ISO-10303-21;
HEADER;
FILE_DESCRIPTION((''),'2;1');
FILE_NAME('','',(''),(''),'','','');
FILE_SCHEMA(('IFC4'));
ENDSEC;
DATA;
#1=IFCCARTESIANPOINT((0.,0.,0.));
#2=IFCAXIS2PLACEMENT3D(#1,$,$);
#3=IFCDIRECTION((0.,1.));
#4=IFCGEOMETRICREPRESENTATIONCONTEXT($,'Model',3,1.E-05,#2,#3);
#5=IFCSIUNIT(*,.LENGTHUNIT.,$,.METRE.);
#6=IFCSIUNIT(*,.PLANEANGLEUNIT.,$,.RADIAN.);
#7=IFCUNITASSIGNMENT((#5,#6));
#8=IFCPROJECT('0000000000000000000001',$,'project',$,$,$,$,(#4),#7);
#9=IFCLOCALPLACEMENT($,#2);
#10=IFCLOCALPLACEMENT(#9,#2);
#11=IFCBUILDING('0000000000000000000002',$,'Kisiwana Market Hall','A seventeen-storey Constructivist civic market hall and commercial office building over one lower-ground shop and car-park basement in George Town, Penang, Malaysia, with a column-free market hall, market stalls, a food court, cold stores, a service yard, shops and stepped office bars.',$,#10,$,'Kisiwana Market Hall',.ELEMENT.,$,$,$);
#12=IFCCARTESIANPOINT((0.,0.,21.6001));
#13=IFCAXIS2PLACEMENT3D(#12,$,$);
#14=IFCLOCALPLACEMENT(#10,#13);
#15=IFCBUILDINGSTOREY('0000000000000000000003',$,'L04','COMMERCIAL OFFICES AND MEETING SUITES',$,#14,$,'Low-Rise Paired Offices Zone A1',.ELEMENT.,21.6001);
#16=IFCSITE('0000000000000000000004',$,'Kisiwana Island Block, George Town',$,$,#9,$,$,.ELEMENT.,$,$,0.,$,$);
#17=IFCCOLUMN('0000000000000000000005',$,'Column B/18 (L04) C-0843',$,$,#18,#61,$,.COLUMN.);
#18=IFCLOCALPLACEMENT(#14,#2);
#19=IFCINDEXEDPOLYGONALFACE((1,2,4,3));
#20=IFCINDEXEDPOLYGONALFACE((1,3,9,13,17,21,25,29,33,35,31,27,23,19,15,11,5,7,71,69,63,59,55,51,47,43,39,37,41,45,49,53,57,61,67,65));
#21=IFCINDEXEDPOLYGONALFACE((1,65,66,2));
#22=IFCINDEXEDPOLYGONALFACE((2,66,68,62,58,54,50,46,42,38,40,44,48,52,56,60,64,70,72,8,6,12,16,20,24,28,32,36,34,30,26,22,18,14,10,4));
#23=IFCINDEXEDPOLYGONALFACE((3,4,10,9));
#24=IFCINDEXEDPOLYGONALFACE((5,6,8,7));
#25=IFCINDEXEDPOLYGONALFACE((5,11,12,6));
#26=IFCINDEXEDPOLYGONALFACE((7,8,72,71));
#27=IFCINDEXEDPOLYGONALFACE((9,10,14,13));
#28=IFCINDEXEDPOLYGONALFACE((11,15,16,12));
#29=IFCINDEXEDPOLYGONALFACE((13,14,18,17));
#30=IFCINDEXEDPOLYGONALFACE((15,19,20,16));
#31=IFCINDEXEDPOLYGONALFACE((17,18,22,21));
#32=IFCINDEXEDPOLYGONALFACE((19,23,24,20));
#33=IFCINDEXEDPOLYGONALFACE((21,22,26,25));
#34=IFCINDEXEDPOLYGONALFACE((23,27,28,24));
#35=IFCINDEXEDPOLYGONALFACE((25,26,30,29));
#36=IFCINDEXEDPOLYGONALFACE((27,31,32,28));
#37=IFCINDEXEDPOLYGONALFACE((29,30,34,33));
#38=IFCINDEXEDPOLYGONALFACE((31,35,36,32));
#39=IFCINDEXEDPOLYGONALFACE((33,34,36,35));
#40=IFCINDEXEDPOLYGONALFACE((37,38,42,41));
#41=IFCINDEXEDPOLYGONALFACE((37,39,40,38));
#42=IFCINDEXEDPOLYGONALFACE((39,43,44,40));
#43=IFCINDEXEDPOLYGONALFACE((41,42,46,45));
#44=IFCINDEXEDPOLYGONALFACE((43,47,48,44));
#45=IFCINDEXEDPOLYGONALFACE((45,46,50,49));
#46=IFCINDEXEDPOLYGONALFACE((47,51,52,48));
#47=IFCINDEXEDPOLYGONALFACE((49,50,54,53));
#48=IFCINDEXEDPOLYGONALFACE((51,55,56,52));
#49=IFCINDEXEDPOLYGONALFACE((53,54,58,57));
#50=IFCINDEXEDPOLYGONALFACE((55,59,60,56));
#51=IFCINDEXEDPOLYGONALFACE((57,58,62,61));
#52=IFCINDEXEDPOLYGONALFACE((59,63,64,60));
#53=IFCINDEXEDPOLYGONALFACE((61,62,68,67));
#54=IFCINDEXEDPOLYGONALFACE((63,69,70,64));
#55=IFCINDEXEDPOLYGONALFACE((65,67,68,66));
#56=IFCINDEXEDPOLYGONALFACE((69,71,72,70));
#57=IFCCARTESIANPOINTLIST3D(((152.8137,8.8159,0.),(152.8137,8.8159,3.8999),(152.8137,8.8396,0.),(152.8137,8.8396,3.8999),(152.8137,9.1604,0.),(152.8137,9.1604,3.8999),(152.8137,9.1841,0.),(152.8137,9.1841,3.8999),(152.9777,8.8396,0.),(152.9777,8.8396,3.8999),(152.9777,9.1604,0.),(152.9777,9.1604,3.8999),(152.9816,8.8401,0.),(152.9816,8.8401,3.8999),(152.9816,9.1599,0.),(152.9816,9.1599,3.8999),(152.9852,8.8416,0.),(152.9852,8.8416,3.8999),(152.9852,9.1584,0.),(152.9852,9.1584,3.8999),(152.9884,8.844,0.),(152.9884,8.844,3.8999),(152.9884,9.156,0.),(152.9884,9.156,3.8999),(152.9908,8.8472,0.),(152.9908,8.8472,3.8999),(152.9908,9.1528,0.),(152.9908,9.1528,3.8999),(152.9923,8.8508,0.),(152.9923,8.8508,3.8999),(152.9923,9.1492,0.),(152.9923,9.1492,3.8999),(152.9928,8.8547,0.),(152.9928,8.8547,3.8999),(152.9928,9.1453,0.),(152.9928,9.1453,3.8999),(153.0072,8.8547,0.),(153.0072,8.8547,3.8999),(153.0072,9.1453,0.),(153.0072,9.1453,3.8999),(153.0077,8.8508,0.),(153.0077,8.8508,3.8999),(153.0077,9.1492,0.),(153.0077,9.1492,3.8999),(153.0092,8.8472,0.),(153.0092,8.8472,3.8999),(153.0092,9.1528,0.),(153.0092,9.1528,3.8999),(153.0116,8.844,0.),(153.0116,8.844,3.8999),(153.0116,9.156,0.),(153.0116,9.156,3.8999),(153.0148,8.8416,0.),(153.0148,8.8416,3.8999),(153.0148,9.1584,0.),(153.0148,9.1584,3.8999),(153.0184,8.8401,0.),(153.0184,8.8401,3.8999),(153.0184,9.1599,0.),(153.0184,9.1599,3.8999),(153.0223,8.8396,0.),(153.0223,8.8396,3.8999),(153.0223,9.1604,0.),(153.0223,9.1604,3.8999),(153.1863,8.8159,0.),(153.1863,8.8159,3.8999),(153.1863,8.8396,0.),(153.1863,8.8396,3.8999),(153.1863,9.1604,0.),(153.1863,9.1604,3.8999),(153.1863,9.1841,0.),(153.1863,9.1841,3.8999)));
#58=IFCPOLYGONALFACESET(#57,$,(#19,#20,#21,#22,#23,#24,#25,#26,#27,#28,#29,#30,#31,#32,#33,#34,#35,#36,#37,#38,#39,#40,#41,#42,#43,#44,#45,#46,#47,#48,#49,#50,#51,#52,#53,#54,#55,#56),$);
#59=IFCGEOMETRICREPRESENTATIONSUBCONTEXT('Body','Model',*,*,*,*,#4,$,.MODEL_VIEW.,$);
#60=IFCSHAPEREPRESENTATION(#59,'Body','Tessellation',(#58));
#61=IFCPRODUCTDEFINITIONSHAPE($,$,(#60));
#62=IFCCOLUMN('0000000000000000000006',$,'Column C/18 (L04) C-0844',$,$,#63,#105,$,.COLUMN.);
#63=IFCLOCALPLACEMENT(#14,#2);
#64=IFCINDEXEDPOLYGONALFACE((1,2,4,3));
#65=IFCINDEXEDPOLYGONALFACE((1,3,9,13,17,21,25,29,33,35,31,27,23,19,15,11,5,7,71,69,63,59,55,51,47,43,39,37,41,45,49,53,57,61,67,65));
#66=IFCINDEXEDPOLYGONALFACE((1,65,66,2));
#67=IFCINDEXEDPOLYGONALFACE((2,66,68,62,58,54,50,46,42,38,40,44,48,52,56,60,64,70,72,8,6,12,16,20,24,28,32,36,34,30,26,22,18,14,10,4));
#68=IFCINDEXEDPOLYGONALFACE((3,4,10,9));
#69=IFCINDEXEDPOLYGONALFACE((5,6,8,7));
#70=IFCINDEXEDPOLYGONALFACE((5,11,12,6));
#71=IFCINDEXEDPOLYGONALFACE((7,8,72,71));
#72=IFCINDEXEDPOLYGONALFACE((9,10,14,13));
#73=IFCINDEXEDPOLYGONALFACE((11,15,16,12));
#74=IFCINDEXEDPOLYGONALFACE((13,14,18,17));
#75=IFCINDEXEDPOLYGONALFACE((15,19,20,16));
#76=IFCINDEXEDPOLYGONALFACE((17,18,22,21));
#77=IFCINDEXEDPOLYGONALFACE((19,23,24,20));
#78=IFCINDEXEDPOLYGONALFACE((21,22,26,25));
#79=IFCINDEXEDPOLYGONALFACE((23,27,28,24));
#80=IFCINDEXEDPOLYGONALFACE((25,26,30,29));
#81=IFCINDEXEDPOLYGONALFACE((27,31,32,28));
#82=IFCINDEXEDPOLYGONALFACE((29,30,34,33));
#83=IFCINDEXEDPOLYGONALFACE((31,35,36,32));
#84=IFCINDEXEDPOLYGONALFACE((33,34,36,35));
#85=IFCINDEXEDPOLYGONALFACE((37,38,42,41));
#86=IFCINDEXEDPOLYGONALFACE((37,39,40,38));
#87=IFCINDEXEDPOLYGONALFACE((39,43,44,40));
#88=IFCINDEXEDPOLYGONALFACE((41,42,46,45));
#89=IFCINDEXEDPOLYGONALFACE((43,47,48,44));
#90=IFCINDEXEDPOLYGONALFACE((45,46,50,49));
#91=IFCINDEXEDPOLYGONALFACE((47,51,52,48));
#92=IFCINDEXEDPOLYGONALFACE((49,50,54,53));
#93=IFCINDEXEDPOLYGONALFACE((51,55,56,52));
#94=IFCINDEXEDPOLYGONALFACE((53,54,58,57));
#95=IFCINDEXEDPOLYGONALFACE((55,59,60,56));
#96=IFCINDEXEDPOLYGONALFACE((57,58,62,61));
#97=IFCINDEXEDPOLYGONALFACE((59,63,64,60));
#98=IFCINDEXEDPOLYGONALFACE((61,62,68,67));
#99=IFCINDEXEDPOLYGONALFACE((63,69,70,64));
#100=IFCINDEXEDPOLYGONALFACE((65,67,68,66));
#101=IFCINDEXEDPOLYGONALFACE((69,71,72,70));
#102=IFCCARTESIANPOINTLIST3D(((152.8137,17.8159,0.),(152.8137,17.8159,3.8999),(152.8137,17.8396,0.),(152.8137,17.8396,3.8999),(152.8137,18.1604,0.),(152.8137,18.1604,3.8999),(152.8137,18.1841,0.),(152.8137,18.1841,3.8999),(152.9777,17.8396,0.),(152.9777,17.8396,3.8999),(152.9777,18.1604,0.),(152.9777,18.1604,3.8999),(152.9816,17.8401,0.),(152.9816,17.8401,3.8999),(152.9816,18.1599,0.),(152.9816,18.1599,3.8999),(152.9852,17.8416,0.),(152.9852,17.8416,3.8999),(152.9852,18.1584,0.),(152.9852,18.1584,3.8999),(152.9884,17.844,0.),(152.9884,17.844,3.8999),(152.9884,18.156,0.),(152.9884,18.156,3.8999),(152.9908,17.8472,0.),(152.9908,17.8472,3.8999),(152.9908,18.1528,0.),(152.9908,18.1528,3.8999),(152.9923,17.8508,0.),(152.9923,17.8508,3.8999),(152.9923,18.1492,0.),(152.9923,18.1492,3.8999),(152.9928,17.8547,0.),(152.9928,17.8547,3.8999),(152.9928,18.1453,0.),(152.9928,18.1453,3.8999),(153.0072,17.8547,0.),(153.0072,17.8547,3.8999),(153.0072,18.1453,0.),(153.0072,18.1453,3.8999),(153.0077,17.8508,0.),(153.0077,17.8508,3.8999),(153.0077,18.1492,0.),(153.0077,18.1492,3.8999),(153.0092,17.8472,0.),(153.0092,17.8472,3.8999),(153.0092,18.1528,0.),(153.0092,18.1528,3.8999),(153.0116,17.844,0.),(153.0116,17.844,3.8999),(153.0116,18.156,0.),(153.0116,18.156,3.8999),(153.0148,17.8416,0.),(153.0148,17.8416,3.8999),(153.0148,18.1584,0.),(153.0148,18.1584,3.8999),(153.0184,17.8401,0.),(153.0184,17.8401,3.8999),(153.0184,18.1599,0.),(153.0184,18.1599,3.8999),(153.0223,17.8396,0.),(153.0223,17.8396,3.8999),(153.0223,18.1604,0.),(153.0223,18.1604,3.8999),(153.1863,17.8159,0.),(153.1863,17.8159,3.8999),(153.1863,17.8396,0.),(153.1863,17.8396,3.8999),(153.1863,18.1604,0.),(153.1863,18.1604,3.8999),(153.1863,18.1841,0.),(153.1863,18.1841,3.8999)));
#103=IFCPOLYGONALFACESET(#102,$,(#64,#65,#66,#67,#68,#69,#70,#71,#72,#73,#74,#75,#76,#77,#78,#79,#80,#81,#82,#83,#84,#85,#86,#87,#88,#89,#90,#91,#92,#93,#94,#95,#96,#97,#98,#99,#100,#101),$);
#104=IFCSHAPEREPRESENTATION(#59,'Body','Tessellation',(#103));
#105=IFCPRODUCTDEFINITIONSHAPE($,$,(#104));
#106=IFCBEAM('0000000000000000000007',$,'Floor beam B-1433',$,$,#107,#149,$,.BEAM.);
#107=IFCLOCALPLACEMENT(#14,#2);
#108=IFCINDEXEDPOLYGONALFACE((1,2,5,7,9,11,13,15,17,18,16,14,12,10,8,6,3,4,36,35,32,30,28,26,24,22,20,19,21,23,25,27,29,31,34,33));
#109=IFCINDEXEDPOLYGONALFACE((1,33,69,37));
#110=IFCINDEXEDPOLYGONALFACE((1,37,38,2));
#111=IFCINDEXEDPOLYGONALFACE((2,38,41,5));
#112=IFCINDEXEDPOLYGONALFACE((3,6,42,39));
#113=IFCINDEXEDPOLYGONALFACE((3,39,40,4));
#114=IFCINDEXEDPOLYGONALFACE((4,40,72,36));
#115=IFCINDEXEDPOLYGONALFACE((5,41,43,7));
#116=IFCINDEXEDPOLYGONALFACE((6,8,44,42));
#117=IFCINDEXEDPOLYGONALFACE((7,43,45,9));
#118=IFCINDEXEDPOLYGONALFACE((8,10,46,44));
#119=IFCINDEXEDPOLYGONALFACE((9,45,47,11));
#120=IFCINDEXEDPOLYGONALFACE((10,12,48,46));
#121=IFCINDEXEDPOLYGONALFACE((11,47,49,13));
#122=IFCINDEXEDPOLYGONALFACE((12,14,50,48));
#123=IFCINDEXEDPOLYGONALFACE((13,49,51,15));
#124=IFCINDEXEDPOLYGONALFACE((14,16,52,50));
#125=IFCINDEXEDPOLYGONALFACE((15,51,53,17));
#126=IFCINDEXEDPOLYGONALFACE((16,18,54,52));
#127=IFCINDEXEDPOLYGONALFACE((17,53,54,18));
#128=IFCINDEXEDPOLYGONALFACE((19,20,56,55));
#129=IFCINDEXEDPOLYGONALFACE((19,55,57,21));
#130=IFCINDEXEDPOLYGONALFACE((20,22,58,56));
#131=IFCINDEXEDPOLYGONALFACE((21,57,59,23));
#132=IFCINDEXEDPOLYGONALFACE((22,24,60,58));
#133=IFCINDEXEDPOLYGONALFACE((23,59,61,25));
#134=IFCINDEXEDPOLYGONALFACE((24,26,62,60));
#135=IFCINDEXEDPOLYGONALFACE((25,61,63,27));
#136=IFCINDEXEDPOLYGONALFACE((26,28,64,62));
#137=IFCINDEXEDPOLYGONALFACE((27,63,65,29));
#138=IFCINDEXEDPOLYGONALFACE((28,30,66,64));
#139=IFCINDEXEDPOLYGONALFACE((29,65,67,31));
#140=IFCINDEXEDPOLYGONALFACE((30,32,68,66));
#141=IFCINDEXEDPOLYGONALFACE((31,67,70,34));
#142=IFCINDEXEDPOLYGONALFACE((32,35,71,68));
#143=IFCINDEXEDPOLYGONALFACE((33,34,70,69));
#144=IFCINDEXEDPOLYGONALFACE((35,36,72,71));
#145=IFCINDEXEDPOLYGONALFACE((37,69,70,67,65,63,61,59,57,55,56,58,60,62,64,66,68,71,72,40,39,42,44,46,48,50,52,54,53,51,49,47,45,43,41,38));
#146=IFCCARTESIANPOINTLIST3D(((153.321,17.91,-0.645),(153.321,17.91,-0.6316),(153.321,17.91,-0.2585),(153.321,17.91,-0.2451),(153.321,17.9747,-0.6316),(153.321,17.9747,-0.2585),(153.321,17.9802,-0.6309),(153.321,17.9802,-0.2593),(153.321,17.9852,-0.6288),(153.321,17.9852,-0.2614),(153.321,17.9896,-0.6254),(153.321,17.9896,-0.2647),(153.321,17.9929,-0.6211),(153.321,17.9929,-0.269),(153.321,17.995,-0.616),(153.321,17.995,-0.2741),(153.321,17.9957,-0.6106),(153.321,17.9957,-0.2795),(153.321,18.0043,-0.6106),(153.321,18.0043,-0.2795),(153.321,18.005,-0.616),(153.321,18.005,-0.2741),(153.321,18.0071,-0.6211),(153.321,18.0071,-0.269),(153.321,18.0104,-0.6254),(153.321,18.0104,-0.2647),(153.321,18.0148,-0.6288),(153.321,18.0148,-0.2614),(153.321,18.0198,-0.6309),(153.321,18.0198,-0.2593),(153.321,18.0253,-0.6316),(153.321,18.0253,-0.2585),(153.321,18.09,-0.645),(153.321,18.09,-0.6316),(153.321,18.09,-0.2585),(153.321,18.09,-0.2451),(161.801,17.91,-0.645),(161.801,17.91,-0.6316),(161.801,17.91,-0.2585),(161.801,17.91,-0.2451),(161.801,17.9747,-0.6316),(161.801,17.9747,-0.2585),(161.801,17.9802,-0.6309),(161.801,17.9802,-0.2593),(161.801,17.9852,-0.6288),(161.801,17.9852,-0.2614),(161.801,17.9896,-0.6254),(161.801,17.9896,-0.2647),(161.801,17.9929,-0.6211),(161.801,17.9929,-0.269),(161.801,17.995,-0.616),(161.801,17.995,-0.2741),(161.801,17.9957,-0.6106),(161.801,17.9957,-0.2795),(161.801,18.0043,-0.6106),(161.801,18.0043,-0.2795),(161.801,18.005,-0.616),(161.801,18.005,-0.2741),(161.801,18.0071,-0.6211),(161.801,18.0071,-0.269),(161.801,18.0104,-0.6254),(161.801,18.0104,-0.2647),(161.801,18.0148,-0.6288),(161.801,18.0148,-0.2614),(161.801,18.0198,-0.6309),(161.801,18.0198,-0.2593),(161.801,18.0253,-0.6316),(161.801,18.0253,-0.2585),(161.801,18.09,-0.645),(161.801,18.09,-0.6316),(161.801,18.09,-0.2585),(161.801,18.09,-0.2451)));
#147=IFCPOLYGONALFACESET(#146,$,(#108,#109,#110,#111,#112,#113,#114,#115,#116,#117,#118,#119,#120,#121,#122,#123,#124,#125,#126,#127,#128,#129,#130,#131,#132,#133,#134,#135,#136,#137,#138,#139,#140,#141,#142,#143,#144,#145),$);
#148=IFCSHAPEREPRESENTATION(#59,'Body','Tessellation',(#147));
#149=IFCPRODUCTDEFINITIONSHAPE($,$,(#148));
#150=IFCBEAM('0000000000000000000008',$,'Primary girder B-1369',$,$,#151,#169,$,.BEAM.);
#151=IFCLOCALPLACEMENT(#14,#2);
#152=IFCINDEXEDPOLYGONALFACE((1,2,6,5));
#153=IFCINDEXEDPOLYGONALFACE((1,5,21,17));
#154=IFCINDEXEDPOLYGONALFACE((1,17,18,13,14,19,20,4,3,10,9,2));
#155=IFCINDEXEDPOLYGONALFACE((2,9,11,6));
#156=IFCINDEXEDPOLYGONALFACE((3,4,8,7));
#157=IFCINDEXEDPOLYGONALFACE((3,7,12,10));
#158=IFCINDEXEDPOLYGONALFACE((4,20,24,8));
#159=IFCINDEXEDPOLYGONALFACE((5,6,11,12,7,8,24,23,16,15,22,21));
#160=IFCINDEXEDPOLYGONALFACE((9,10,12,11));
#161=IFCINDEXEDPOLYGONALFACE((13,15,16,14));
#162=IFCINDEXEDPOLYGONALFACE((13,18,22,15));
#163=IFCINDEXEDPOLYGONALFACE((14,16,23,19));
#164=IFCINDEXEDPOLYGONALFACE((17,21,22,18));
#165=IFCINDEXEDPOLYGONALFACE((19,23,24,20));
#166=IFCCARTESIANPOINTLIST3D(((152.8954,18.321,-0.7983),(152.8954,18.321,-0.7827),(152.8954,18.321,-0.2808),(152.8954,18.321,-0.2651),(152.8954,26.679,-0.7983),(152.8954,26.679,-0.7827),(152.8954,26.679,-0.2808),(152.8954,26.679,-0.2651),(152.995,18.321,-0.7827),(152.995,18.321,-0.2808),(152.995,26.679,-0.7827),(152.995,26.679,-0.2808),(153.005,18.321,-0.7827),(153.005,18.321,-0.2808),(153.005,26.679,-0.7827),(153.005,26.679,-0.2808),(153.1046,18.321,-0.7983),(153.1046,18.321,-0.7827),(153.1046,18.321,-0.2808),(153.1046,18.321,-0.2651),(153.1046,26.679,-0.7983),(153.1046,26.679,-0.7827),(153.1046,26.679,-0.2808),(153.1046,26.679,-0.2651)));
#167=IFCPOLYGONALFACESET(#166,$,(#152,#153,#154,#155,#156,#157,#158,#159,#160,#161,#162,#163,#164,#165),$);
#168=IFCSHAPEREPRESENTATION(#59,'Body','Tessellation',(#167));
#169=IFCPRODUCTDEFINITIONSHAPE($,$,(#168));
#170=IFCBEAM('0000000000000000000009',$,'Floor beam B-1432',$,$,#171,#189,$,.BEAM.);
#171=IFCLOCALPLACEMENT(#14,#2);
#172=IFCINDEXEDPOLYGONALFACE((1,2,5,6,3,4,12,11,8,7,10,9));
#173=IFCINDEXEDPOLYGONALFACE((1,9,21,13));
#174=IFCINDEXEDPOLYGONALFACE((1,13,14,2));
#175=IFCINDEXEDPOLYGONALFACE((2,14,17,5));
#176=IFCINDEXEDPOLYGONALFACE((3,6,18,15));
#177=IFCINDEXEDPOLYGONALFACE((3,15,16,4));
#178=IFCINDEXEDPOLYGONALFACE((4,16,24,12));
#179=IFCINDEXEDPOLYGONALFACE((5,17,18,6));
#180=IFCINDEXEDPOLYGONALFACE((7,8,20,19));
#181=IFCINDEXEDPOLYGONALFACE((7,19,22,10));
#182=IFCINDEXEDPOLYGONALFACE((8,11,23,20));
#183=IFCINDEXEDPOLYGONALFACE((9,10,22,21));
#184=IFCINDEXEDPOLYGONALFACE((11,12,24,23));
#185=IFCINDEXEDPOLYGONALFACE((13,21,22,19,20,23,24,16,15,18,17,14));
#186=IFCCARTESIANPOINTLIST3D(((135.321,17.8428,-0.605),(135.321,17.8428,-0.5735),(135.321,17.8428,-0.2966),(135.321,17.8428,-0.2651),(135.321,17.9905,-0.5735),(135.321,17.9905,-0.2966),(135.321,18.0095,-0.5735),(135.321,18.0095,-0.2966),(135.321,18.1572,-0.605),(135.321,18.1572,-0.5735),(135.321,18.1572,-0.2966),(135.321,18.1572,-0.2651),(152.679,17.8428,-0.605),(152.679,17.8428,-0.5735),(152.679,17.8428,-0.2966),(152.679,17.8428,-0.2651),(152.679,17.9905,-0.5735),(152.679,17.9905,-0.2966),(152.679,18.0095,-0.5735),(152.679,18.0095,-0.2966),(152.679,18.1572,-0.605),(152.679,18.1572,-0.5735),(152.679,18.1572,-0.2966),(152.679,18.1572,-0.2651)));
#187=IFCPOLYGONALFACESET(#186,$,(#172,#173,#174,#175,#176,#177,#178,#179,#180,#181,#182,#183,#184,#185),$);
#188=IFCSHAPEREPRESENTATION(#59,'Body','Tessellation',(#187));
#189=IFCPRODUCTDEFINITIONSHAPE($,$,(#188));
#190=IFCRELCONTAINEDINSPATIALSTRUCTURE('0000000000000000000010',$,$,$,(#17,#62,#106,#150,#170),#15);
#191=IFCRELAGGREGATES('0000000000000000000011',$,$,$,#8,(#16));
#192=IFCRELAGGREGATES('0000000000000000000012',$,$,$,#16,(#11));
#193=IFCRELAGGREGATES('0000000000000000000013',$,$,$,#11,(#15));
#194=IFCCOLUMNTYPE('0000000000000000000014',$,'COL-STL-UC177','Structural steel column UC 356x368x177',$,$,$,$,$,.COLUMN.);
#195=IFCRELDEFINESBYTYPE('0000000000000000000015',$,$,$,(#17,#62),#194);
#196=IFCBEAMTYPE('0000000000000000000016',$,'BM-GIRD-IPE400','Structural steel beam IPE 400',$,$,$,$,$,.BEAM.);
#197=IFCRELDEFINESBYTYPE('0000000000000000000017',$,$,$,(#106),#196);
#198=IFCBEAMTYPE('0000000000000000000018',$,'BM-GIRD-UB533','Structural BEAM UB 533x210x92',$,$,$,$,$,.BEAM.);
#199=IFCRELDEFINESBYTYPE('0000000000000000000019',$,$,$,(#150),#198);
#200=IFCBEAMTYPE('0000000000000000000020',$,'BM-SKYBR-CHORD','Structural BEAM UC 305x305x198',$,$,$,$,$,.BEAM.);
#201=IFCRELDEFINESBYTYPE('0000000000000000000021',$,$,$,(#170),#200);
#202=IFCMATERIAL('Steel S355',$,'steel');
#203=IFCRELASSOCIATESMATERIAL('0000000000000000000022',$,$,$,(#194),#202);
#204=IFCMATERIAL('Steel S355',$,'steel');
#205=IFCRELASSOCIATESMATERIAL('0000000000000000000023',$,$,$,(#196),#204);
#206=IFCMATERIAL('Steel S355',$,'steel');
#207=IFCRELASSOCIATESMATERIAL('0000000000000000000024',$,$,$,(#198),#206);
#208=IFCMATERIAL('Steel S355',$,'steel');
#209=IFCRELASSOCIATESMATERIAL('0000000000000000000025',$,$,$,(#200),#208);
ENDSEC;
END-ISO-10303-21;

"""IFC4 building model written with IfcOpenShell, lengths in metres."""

from ifc_helpers import new_model, si_unit, direction, frame, origin, origin_2d, place, context, subcontext, project, spatial, i_section, extrude, material, material_profile, profile_set, type_object, element, save


model = new_model("IFC4")

# Units and contexts
model_context = context("Model", 3, precision=1e-05, world=origin(), true_north=direction((0.0, 1.0)))
body_context = subcontext(model_context, "Body", "Model", "MODEL_VIEW")
ifc_project = project(units=[si_unit("LENGTHUNIT", "METRE"), si_unit("PLANEANGLEUNIT", "RADIAN")], contexts=[model_context])

# Site, building, storey
site_placement = place(None, origin())
site = spatial("IfcSite", under=ifc_project, at=site_placement, Name="Kisiwana Island Block, George Town", CompositionType="ELEMENT", RefElevation=0.0)
building_placement = place(site_placement, origin())
building = spatial("IfcBuilding", under=site, at=building_placement, Name="Kisiwana Market Hall", Description="A seventeen-storey Constructivist civic market hall and commercial office building over one lower-ground shop and car-park basement in George Town, Penang, Malaysia, with a column-free market hall, market stalls, a food court, cold stores, a service yard, shops and stepped office bars.", LongName="Kisiwana Market Hall", CompositionType="ELEMENT")
storey_placement = place(building_placement, frame((0.0, 0.0, 21.6001)))
storey = spatial("IfcBuildingStorey", under=building, at=storey_placement, Name="L04", Description="COMMERCIAL OFFICES AND MEETING SUITES", LongName="Low-Rise Paired Offices Zone A1", CompositionType="ELEMENT", Elevation=21.6001)

# Columns
ifc_material_1 = material(Name="Steel S355", Category="steel")
ifc_material_profile_1 = material_profile(ifc_material_1, i_section(OverallWidth=0.3726, OverallDepth=0.3682, WebThickness=0.0144, FlangeThickness=0.0237, FilletRadius=0.0151, at=origin_2d()), Name="UC 356x368x177")
ifc_profile_set_1 = profile_set([ifc_material_profile_1], Name="Steel S355")
column_type = type_object("IfcColumnType", Name="COL-STL-UC177", Description="Structural steel column UC 356x368x177", PredefinedType="COLUMN", material=ifc_profile_set_1)
for number, where, z_axis, x_axis, name in (
    (1, (153.0, 9.0, 0.0), (0.0, 0.0, 1.0), (1.0, 0.0, 0.0), "Column B/18 (L04) C-0843"),
    (2, (153.0, 18.0, 0.0), (0.0, 0.0, 1.0), (1.0, 0.0, 0.0), "Column C/18 (L04) C-0844"),
):
    element("IfcColumn", number, at=place(storey_placement, frame(where, z_axis=z_axis, x_axis=x_axis)), inside=storey, type_object=column_type, Name=name, PredefinedType="COLUMN", context=body_context, shape_type="SweptSolid", body=[
        extrude(i_section(OverallWidth=0.3726, OverallDepth=0.3682, WebThickness=0.0144, FlangeThickness=0.0237, FilletRadius=0.0151, at=origin_2d()), origin(), (0.0, 0.0, 1.0), 3.8999),
    ])

# Beams
ifc_material_2 = material(Name="Steel S355", Category="steel")
ifc_material_profile_2 = material_profile(ifc_material_2, i_section(OverallWidth=0.1799, OverallDepth=0.3999, WebThickness=0.0085, FlangeThickness=0.0134, FilletRadius=0.021, at=origin_2d()), Name="IPE 400")
ifc_profile_set_2 = profile_set([ifc_material_profile_2], Name="Steel S355")
beam_type_1 = type_object("IfcBeamType", Name="BM-GIRD-IPE400", Description="Structural steel beam IPE 400", PredefinedType="BEAM", material=ifc_profile_set_2)
beam_1_placement = place(storey_placement, frame((153.321, 18.0, -0.4451), z_axis=(1.0, 0.0, 0.0), x_axis=(0.0, 1.0, 0.0)))
element("IfcBeam", 3, at=beam_1_placement, inside=storey, type_object=beam_type_1, Name="Floor beam B-1433", PredefinedType="BEAM", context=body_context, shape_type="SweptSolid", body=[
    extrude(i_section(OverallWidth=0.1799, OverallDepth=0.3999, WebThickness=0.0085, FlangeThickness=0.0134, FilletRadius=0.021, at=origin_2d()), origin(), (0.0, 0.0, 1.0), 8.48),
])
ifc_material_3 = material(Name="Steel S355", Category="steel")
ifc_material_profile_3 = material_profile(ifc_material_3, i_section(OverallWidth=0.2092, OverallDepth=0.5332, WebThickness=0.01, FlangeThickness=0.0156, at=origin_2d()), Name="UB 533x210x92")
ifc_profile_set_3 = profile_set([ifc_material_profile_3], Name="Steel S355")
beam_type_2 = type_object("IfcBeamType", Name="BM-GIRD-UB533", Description="Structural BEAM UB 533x210x92", PredefinedType="BEAM", material=ifc_profile_set_3)
beam_2_placement = place(storey_placement, frame((153.0, 18.321, -0.5317), z_axis=(0.0, 1.0, 0.0), x_axis=(-1.0, 0.0, 0.0)))
element("IfcBeam", 4, at=beam_2_placement, inside=storey, type_object=beam_type_2, Name="Primary girder B-1369", PredefinedType="BEAM", context=body_context, shape_type="SweptSolid", body=[
    extrude(i_section(OverallWidth=0.2092, OverallDepth=0.5332, WebThickness=0.01, FlangeThickness=0.0156, at=origin_2d()), origin(), (0.0, 0.0, 1.0), 8.3579),
])
ifc_material_4 = material(Name="Steel S355", Category="steel")
ifc_material_profile_4 = material_profile(ifc_material_4, i_section(OverallWidth=0.3145, OverallDepth=0.3398, WebThickness=0.019, FlangeThickness=0.0315, at=origin_2d()), Name="UC 305x305x198")
ifc_profile_set_4 = profile_set([ifc_material_profile_4], Name="Steel S355")
beam_type_3 = type_object("IfcBeamType", Name="BM-SKYBR-CHORD", Description="Structural BEAM UC 305x305x198", PredefinedType="BEAM", material=ifc_profile_set_4)
beam_3_placement = place(storey_placement, frame((135.321, 18.0, -0.4351), z_axis=(1.0, 0.0, 0.0), x_axis=(0.0, 1.0, 0.0)))
element("IfcBeam", 5, at=beam_3_placement, inside=storey, type_object=beam_type_3, Name="Floor beam B-1432", PredefinedType="BEAM", context=body_context, shape_type="SweptSolid", body=[
    extrude(i_section(OverallWidth=0.3145, OverallDepth=0.3398, WebThickness=0.019, FlangeThickness=0.0315, at=origin_2d()), origin(), (0.0, 0.0, 1.0), 17.3579),
])

save(model, "model.ifc")
